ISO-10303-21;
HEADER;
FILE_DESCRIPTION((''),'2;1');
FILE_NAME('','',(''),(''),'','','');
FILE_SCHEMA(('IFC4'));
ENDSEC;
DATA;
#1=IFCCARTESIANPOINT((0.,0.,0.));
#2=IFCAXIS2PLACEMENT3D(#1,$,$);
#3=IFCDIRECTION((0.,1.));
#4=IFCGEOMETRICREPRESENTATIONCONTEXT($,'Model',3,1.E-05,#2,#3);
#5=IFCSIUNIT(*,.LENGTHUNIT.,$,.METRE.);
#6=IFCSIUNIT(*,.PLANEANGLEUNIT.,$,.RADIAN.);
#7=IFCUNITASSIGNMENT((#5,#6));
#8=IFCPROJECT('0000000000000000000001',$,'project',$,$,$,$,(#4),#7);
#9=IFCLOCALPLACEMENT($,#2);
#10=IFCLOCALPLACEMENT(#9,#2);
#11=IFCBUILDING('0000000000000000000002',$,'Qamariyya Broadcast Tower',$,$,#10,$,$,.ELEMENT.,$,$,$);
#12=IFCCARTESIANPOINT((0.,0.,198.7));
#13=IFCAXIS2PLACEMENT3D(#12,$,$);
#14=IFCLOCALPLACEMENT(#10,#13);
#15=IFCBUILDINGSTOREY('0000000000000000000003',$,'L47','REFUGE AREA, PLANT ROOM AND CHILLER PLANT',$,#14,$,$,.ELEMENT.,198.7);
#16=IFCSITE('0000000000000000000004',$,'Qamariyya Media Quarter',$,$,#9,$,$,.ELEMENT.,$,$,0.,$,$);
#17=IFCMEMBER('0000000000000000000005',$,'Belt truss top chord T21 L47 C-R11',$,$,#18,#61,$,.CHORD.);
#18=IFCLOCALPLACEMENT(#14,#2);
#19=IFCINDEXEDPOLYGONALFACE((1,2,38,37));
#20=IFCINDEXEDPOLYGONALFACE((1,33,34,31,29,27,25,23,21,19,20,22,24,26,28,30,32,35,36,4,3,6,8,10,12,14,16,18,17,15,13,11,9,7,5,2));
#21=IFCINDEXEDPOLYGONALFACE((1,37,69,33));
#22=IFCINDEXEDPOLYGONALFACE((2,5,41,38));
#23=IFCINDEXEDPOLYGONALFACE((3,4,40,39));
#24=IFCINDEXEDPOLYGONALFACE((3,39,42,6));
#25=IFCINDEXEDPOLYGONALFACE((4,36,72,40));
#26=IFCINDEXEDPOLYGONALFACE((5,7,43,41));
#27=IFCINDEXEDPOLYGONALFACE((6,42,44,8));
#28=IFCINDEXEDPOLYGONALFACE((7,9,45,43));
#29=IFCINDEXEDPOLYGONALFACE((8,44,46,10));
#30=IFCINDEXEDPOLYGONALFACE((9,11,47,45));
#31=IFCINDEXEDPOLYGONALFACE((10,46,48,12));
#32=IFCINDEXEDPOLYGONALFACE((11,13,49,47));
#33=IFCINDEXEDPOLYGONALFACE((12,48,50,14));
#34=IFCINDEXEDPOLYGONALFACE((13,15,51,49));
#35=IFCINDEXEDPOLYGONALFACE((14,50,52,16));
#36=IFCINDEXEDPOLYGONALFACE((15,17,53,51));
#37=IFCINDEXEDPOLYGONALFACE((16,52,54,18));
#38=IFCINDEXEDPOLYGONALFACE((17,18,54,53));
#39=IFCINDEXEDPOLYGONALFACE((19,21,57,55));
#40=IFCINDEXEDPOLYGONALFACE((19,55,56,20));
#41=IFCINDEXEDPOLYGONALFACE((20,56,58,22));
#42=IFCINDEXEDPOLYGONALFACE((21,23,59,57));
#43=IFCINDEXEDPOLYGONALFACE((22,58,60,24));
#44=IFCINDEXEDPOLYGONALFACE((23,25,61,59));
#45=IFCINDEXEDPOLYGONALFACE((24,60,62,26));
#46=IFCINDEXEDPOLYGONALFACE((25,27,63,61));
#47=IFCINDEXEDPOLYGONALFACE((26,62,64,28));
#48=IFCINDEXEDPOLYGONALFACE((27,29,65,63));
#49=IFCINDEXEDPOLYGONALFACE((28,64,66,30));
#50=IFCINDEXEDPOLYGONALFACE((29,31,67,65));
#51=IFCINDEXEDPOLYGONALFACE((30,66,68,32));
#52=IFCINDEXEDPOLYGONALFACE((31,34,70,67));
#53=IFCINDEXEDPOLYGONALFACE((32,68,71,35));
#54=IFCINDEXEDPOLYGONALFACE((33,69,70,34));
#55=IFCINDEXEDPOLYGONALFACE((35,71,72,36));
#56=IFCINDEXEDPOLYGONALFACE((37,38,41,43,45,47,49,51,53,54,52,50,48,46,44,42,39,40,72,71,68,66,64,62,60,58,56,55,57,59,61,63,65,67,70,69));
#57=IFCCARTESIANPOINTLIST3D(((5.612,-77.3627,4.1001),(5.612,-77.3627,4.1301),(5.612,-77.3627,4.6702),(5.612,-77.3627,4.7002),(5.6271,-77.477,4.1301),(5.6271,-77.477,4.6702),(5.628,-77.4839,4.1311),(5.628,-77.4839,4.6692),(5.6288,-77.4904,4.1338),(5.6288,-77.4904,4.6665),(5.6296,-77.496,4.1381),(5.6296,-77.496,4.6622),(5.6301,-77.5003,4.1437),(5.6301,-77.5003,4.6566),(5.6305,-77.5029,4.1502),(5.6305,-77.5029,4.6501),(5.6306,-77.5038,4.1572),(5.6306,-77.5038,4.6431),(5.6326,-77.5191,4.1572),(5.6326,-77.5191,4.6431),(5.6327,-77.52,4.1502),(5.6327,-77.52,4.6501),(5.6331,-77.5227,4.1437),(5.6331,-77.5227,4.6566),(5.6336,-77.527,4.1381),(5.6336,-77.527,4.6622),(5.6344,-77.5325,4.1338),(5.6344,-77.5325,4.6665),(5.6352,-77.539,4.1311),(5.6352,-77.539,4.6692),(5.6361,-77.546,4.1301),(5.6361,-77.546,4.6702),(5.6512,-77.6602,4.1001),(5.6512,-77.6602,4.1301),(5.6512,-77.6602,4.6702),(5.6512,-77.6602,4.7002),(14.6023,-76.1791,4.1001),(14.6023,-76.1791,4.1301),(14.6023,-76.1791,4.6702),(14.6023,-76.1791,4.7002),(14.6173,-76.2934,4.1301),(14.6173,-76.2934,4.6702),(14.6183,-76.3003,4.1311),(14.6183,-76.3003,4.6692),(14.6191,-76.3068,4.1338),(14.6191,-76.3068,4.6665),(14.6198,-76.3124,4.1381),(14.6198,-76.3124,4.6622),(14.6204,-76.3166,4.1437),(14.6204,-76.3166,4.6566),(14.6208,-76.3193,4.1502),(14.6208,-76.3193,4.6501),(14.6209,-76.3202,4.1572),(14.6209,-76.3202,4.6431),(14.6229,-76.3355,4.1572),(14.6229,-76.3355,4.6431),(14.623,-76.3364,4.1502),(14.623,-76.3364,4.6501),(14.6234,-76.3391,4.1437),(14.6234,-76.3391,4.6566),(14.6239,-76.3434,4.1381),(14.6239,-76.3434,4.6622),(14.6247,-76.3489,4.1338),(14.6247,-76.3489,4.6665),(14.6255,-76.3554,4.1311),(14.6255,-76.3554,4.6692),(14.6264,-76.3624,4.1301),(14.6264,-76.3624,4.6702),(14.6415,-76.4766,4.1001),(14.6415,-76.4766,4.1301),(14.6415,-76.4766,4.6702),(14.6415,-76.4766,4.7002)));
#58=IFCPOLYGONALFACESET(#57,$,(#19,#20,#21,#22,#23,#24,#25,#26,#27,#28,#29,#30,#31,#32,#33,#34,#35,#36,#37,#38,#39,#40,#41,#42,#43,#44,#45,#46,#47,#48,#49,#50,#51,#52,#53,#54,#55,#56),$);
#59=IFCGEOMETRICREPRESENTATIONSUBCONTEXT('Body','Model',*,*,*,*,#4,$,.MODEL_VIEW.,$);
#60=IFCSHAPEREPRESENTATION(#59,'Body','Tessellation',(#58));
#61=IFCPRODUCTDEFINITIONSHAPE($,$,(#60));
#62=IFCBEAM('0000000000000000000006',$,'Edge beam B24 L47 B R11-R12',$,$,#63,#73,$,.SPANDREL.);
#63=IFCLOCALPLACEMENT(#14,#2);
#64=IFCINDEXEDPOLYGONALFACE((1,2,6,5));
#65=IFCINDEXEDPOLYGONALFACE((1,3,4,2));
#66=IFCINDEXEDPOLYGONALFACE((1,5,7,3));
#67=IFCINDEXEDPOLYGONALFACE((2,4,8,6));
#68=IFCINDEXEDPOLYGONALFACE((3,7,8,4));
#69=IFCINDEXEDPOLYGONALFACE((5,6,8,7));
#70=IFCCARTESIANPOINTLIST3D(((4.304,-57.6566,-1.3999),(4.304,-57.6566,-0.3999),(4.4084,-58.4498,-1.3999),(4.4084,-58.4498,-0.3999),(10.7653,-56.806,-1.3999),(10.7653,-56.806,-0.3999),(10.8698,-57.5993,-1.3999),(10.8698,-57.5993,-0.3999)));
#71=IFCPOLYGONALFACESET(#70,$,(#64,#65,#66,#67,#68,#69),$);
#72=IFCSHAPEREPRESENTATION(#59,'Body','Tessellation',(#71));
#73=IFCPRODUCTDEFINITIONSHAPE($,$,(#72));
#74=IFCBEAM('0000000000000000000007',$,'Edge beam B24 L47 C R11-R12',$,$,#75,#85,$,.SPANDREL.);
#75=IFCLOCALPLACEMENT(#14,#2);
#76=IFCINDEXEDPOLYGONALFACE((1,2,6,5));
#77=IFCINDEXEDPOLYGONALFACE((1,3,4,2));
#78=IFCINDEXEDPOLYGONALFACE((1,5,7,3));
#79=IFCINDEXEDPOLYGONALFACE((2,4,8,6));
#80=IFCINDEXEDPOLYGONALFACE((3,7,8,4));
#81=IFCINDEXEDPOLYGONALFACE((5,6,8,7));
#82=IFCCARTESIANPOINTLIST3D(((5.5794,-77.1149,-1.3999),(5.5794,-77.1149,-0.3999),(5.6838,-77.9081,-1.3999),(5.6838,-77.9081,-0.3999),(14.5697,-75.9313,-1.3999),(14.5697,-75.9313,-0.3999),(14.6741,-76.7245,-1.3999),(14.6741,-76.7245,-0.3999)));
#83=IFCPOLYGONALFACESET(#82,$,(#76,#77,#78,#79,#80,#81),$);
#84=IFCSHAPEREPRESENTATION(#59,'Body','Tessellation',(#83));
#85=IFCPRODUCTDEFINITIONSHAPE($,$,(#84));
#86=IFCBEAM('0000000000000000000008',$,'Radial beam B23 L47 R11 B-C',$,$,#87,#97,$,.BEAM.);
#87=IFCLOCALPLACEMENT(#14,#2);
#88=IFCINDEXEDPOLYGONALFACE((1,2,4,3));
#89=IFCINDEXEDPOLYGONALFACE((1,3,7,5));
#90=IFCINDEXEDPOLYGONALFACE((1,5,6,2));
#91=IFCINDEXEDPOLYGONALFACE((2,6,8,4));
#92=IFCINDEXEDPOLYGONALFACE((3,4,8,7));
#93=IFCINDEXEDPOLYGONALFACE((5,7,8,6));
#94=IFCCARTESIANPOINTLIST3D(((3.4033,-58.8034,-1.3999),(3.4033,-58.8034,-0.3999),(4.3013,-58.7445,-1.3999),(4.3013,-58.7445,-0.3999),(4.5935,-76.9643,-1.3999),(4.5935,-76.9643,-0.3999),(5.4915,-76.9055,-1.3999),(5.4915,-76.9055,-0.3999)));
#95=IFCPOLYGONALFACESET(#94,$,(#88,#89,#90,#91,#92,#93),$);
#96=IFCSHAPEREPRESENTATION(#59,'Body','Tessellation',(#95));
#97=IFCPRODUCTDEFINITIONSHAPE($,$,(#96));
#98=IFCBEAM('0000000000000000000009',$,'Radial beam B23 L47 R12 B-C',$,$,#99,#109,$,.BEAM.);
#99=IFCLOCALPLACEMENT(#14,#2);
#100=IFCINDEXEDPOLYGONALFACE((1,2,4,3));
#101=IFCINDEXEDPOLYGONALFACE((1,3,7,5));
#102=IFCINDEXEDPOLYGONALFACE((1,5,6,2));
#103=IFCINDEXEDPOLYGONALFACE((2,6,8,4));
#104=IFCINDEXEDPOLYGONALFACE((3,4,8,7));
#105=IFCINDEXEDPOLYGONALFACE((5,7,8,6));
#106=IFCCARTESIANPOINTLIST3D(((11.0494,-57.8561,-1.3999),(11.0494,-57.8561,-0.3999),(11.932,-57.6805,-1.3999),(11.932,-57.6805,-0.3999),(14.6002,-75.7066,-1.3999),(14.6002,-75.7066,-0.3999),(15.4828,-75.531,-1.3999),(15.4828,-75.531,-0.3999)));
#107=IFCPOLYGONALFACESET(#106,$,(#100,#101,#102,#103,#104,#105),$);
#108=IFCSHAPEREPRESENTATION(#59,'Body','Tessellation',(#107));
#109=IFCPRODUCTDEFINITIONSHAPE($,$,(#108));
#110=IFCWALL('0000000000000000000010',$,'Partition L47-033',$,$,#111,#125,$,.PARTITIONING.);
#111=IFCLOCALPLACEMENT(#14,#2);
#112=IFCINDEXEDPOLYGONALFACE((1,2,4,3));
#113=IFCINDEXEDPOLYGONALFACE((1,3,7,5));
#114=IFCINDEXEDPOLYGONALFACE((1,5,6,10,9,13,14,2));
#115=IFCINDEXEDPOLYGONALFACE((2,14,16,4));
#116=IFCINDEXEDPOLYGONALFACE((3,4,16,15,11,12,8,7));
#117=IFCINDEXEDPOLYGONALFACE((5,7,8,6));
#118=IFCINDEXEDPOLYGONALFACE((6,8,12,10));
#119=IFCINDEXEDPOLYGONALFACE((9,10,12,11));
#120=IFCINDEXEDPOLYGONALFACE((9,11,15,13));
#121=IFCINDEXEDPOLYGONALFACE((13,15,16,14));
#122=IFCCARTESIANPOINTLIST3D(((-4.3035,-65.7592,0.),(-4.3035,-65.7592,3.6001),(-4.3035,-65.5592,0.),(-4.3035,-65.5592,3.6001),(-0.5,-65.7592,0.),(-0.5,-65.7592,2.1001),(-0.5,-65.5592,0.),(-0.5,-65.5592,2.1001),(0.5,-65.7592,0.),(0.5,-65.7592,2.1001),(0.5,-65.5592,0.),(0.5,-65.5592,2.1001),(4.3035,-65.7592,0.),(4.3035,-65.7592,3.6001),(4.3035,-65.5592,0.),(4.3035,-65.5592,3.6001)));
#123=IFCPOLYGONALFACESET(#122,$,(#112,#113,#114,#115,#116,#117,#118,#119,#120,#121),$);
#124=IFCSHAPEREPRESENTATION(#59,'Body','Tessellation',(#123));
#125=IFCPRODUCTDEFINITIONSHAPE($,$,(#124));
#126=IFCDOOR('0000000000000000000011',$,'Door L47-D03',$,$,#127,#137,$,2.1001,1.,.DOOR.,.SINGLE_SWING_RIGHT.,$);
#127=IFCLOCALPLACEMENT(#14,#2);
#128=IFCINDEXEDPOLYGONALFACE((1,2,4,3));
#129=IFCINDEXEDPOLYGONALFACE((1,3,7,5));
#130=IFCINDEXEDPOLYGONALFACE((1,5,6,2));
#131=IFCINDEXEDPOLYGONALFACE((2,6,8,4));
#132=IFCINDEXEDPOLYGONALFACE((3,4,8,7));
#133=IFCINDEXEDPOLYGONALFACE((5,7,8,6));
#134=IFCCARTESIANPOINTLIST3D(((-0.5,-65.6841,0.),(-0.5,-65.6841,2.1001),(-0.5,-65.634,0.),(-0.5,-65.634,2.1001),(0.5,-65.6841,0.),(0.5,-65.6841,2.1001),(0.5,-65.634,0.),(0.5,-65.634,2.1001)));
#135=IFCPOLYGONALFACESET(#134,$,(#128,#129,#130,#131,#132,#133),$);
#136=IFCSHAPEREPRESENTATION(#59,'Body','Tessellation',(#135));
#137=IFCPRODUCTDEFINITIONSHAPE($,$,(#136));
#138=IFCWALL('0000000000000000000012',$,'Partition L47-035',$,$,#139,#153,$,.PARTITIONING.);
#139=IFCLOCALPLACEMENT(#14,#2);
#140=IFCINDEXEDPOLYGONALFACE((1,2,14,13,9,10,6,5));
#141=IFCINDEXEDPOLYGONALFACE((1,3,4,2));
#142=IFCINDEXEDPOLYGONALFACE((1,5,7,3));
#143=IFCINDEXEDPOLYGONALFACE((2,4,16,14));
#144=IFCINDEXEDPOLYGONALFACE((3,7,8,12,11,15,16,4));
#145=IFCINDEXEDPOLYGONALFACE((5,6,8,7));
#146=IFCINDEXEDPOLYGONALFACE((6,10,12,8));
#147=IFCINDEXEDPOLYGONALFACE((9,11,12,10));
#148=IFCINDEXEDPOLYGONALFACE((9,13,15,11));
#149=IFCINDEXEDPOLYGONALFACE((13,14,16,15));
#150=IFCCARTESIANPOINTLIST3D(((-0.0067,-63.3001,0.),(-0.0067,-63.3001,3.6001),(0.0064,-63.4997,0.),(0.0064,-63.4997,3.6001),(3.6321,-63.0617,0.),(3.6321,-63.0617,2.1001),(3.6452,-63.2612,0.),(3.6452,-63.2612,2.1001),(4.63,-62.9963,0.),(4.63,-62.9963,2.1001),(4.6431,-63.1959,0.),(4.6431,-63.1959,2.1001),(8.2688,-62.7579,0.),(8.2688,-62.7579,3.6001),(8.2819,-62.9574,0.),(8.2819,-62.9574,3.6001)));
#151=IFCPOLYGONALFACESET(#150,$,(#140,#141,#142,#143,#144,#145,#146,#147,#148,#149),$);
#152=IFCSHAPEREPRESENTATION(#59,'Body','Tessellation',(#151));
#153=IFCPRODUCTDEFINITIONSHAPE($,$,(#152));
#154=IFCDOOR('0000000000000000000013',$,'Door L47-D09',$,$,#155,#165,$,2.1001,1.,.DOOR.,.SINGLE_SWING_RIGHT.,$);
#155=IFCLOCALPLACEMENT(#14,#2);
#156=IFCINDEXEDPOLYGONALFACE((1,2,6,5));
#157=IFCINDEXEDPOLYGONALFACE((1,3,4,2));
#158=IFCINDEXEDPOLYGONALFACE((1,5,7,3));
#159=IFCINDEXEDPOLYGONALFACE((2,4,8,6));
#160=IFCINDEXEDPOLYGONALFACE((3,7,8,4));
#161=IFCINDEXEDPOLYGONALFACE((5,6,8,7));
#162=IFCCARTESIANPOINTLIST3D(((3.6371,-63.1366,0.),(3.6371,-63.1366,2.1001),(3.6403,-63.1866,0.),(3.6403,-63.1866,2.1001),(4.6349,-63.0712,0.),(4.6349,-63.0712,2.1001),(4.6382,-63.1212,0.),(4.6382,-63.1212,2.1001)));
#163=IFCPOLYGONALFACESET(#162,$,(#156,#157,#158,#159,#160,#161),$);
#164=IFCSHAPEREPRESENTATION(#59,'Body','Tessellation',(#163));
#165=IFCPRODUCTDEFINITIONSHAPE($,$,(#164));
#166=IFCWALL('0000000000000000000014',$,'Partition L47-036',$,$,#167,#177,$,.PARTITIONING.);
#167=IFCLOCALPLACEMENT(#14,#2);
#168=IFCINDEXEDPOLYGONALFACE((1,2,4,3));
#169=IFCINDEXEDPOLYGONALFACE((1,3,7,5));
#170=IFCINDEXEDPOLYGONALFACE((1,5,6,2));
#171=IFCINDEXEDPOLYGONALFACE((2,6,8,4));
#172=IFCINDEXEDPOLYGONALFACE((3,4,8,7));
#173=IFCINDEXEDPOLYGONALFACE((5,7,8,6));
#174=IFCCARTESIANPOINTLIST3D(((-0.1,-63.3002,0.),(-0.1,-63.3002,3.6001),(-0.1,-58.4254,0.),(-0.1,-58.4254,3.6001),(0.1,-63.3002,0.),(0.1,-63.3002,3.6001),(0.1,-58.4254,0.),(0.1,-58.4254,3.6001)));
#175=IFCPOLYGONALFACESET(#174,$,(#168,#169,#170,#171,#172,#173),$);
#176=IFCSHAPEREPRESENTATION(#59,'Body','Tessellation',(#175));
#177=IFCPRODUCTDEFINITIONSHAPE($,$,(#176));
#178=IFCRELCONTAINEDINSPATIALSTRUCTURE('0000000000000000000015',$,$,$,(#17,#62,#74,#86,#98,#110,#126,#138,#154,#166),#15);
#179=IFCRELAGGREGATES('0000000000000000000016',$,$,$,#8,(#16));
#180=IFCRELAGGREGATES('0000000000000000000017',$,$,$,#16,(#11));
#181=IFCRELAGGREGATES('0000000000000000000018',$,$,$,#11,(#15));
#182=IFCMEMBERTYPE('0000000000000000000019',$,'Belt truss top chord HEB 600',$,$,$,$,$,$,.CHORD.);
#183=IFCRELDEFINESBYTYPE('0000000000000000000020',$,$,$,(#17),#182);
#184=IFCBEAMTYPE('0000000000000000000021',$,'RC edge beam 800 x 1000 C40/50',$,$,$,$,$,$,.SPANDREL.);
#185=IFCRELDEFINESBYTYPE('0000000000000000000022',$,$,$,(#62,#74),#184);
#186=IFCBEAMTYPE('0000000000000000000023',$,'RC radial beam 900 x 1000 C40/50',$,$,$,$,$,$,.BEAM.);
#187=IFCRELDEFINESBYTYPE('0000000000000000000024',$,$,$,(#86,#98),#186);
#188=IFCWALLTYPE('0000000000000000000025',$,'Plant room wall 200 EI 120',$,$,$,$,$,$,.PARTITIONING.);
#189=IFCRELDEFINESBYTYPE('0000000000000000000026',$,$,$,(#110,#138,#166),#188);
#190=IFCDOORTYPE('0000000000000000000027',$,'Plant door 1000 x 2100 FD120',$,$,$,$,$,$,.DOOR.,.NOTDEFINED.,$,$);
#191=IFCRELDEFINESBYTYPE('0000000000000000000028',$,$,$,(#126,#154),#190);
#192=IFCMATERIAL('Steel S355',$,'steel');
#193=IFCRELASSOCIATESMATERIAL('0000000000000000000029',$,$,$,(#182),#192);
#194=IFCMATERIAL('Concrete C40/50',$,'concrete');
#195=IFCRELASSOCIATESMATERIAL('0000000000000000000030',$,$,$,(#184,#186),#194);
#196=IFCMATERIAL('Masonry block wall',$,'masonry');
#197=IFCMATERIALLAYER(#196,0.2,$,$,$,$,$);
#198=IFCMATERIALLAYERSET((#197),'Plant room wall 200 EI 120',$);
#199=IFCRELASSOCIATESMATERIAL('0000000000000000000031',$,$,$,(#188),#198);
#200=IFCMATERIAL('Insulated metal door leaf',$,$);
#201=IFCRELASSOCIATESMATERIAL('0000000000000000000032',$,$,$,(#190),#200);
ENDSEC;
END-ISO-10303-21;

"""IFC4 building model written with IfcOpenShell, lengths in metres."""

from ifc_helpers import new_model, si_unit, direction, frame, frame_2d, origin, origin_2d, place, context, subcontext, project, spatial, rectangle, i_section, extrude, material, layer, layer_set, material_profile, profile_set, type_object, element, fill, save


model = new_model("IFC4")

# Units and contexts
model_context = context("Model", 3, precision=1e-05, world=origin(), true_north=direction((0.0, 1.0)))
body_context = subcontext(model_context, "Body", "Model", "MODEL_VIEW")
ifc_project = project(units=[si_unit("LENGTHUNIT", "METRE"), si_unit("PLANEANGLEUNIT", "RADIAN")], contexts=[model_context])

# Site, building, storey
site_placement = place(None, origin())
site = spatial("IfcSite", under=ifc_project, at=site_placement, Name="Qamariyya Media Quarter", CompositionType="ELEMENT", RefElevation=0.0)
building_placement = place(site_placement, origin())
building = spatial("IfcBuilding", under=site, at=building_placement, Name="Qamariyya Broadcast Tower", CompositionType="ELEMENT")
storey_placement = place(building_placement, frame((0.0, 0.0, 198.7)))
storey = spatial("IfcBuildingStorey", under=building, at=storey_placement, Name="L47", Description="REFUGE AREA, PLANT ROOM AND CHILLER PLANT", CompositionType="ELEMENT", Elevation=198.7)

# Member
ifc_material_1 = material(Name="Steel S355", Category="steel")
ifc_material_profile_1 = material_profile(ifc_material_1, i_section(OverallWidth=0.3, OverallDepth=0.6001, WebThickness=0.0154, FlangeThickness=0.03, FilletRadius=0.0271, at=origin_2d()))
ifc_profile_set_1 = profile_set([ifc_material_profile_1], Name="Steel S355")
member_type_1 = type_object("IfcMemberType", Name="Belt truss top chord HEB 600", PredefinedType="CHORD", material=ifc_profile_set_1)
member_1_placement = place(storey_placement, frame((5.6316, -77.5115, 4.4001), z_axis=(0.991445, 0.130527, 0.0), x_axis=(-0.130527, 0.991445, 0.0)))
element("IfcMember", 1, at=member_1_placement, inside=storey, type_object=member_type_1, Name="Belt truss top chord T21 L47 C-R11", PredefinedType="CHORD", context=body_context, shape_type="SweptSolid", body=[
    extrude(i_section(OverallWidth=0.3, OverallDepth=0.6001, WebThickness=0.0154, FlangeThickness=0.03, FilletRadius=0.0271, at=origin_2d()), origin(), (0.0, 0.0, 1.0), 9.0679),
])

# Beams
ifc_material_2 = material(Name="Concrete C40/50", Category="concrete")
ifc_material_profile_2 = material_profile(ifc_material_2, rectangle(XDim=0.8, YDim=1.0, at=origin_2d()))
ifc_profile_set_2 = profile_set([ifc_material_profile_2], Name="Concrete C40/50")
beam_type_1 = type_object("IfcBeamType", Name="RC edge beam 800 x 1000 C40/50", PredefinedType="SPANDREL", material=ifc_profile_set_2)
beam_1_placement = place(storey_placement, frame((4.3562, -58.0532, -0.8999), z_axis=(0.991446, 0.130515, 0.0), x_axis=(-0.130515, 0.991446, 0.0)))
element("IfcBeam", 2, at=beam_1_placement, inside=storey, type_object=beam_type_1, Name="Edge beam B24 L47 B R11-R12", PredefinedType="SPANDREL", context=body_context, shape_type="SweptSolid", body=[
    extrude(rectangle(XDim=0.8, YDim=1.0, at=origin_2d()), origin(), (0.0, 0.0, 1.0), 6.5171),
])
beam_2_placement = place(storey_placement, frame((5.6316, -77.5115, -0.8999), z_axis=(0.991445, 0.130527, 0.0), x_axis=(-0.130527, 0.991445, 0.0)))
element("IfcBeam", 3, at=beam_2_placement, inside=storey, type_object=beam_type_1, Name="Edge beam B24 L47 C R11-R12", PredefinedType="SPANDREL", context=body_context, shape_type="SweptSolid", body=[
    extrude(rectangle(XDim=0.8, YDim=1.0, at=origin_2d()), origin(), (0.0, 0.0, 1.0), 9.0679),
])
ifc_material_profile_3 = material_profile(ifc_material_2, rectangle(XDim=0.8999, YDim=1.0, at=origin_2d()))
ifc_profile_set_3 = profile_set([ifc_material_profile_3], Name="Concrete C40/50")
beam_type_2 = type_object("IfcBeamType", Name="RC radial beam 900 x 1000 C40/50", PredefinedType="BEAM", material=ifc_profile_set_3)
beam_3_placement = place(storey_placement, frame((3.8523, -58.7739, -0.8999), z_axis=(0.065395, -0.997859, 0.0), x_axis=(0.997859, 0.065395, 0.0)))
element("IfcBeam", 4, at=beam_3_placement, inside=storey, type_object=beam_type_2, Name="Radial beam B23 L47 R11 B-C", PredefinedType="BEAM", context=body_context, shape_type="SweptSolid", body=[
    extrude(rectangle(XDim=0.8999, YDim=1.0, at=origin_2d()), origin(), (0.0, 0.0, 1.0), 18.2),
])
beam_4_placement = place(storey_placement, frame((11.4907, -57.7683, -0.8999), z_axis=(0.195097, -0.980784, 0.0), x_axis=(0.980784, 0.195097, 0.0)))
element("IfcBeam", 5, at=beam_4_placement, inside=storey, type_object=beam_type_2, Name="Radial beam B23 L47 R12 B-C", PredefinedType="BEAM", context=body_context, shape_type="SweptSolid", body=[
    extrude(rectangle(XDim=0.8999, YDim=1.0, at=origin_2d()), origin(), (0.0, 0.0, 1.0), 18.2002),
])

# Walls, openings, doors
ifc_material_3 = material(Name="Masonry block wall", Category="masonry")
ifc_layer_1 = layer(ifc_material_3, 0.2)
ifc_layer_set_1 = layer_set([ifc_layer_1], Name="Plant room wall 200 EI 120")
wall_type_1 = type_object("IfcWallType", Name="Plant room wall 200 EI 120", PredefinedType="PARTITIONING", material=ifc_layer_set_1)
wall_1_placement = place(storey_placement, frame((4.3035, -65.6592, 0.0), z_axis=(0.0, 0.0, 1.0), x_axis=(-1.0, 0.0, 0.0)))
wall_1 = element("IfcWall", 6, at=wall_1_placement, inside=storey, type_object=wall_type_1, Name="Partition L47-033", PredefinedType="PARTITIONING", context=body_context, shape_type="SweptSolid", body=[
    extrude(rectangle(XDim=8.6069, YDim=0.2, at=frame_2d((4.3035, 0.0))), origin(), (0.0, 0.0, 1.0), 3.6001),
])
opening_1_placement = place(wall_1_placement, frame((3.8035, 0.0, 0.0)))
opening_1 = element("IfcOpeningElement", 7, at=opening_1_placement, cuts=wall_1, PredefinedType="OPENING", context=body_context, shape_type="SweptSolid", body=[
    extrude(rectangle(XDim=1.0, YDim=2.1001, at=frame_2d((0.5, 1.05))), frame((0.0, 0.1099, 0.0), z_axis=(0.0, -1.0, 0.0), x_axis=(1.0, 0.0, 0.0)), (0.0, 0.0, 1.0), 0.22),
])
ifc_material_4 = material(Name="Insulated metal door leaf")
door_type = type_object("IfcDoorType", Name="Plant door 1000 x 2100 FD120", OperationType="NOTDEFINED", PredefinedType="DOOR", material=ifc_material_4)
door_1_placement = place(opening_1_placement, origin())
door_1 = element("IfcDoor", 8, at=door_1_placement, inside=storey, type_object=door_type, Name="Door L47-D03", OperationType="SINGLE_SWING_RIGHT", OverallHeight=2.1001, OverallWidth=1.0, PredefinedType="DOOR", context=body_context, shape_type="SweptSolid", body=[
    extrude(rectangle(XDim=1.0, YDim=2.1001, at=frame_2d((0.5, 1.05))), frame((0.0, 0.0249, 0.0), z_axis=(0.0, -1.0, 0.0), x_axis=(1.0, 0.0, 0.0)), (0.0, 0.0, 1.0), 0.05),
])
fill(opening_1, door_1)
wall_2_placement = place(storey_placement, frame((0.0, -63.3999, 0.0), z_axis=(0.0, 0.0, 1.0), x_axis=(0.99786, 0.065384, 0.0)))
wall_2 = element("IfcWall", 9, at=wall_2_placement, inside=storey, type_object=wall_type_1, Name="Partition L47-035", PredefinedType="PARTITIONING", context=body_context, shape_type="SweptSolid", body=[
    extrude(rectangle(XDim=8.2932, YDim=0.2, at=frame_2d((4.1465, 0.0))), origin(), (0.0, 0.0, 1.0), 3.6001),
])
opening_2_placement = place(wall_2_placement, frame((3.6465, 0.0, 0.0)))
opening_2 = element("IfcOpeningElement", 10, at=opening_2_placement, cuts=wall_2, PredefinedType="OPENING", context=body_context, shape_type="SweptSolid", body=[
    extrude(rectangle(XDim=1.0, YDim=2.1001, at=frame_2d((0.5, 1.05))), frame((0.0, 0.1099, 0.0), z_axis=(0.0, -1.0, 0.0), x_axis=(1.0, 0.0, 0.0)), (0.0, 0.0, 1.0), 0.22),
])
door_2_placement = place(opening_2_placement, origin())
door_2 = element("IfcDoor", 11, at=door_2_placement, inside=storey, type_object=door_type, Name="Door L47-D09", OperationType="SINGLE_SWING_RIGHT", OverallHeight=2.1001, OverallWidth=1.0, PredefinedType="DOOR", context=body_context, shape_type="SweptSolid", body=[
    extrude(rectangle(XDim=1.0, YDim=2.1001, at=frame_2d((0.5, 1.05))), frame((0.0, 0.0249, 0.0), z_axis=(0.0, -1.0, 0.0), x_axis=(1.0, 0.0, 0.0)), (0.0, 0.0, 1.0), 0.05),
])
fill(opening_2, door_2)

# Wall
wall_3_placement = place(storey_placement, frame((0.0, -58.4253, 0.0), z_axis=(0.0, 0.0, 1.0), x_axis=(0.0, -1.0, 0.0)))
element("IfcWall", 12, at=wall_3_placement, inside=storey, type_object=wall_type_1, Name="Partition L47-036", PredefinedType="PARTITIONING", context=body_context, shape_type="SweptSolid", body=[
    extrude(rectangle(XDim=4.8748, YDim=0.2, at=frame_2d((2.4375, 0.0))), origin(), (0.0, 0.0, 1.0), 3.6001),
])

save(model, "model.ifc")
